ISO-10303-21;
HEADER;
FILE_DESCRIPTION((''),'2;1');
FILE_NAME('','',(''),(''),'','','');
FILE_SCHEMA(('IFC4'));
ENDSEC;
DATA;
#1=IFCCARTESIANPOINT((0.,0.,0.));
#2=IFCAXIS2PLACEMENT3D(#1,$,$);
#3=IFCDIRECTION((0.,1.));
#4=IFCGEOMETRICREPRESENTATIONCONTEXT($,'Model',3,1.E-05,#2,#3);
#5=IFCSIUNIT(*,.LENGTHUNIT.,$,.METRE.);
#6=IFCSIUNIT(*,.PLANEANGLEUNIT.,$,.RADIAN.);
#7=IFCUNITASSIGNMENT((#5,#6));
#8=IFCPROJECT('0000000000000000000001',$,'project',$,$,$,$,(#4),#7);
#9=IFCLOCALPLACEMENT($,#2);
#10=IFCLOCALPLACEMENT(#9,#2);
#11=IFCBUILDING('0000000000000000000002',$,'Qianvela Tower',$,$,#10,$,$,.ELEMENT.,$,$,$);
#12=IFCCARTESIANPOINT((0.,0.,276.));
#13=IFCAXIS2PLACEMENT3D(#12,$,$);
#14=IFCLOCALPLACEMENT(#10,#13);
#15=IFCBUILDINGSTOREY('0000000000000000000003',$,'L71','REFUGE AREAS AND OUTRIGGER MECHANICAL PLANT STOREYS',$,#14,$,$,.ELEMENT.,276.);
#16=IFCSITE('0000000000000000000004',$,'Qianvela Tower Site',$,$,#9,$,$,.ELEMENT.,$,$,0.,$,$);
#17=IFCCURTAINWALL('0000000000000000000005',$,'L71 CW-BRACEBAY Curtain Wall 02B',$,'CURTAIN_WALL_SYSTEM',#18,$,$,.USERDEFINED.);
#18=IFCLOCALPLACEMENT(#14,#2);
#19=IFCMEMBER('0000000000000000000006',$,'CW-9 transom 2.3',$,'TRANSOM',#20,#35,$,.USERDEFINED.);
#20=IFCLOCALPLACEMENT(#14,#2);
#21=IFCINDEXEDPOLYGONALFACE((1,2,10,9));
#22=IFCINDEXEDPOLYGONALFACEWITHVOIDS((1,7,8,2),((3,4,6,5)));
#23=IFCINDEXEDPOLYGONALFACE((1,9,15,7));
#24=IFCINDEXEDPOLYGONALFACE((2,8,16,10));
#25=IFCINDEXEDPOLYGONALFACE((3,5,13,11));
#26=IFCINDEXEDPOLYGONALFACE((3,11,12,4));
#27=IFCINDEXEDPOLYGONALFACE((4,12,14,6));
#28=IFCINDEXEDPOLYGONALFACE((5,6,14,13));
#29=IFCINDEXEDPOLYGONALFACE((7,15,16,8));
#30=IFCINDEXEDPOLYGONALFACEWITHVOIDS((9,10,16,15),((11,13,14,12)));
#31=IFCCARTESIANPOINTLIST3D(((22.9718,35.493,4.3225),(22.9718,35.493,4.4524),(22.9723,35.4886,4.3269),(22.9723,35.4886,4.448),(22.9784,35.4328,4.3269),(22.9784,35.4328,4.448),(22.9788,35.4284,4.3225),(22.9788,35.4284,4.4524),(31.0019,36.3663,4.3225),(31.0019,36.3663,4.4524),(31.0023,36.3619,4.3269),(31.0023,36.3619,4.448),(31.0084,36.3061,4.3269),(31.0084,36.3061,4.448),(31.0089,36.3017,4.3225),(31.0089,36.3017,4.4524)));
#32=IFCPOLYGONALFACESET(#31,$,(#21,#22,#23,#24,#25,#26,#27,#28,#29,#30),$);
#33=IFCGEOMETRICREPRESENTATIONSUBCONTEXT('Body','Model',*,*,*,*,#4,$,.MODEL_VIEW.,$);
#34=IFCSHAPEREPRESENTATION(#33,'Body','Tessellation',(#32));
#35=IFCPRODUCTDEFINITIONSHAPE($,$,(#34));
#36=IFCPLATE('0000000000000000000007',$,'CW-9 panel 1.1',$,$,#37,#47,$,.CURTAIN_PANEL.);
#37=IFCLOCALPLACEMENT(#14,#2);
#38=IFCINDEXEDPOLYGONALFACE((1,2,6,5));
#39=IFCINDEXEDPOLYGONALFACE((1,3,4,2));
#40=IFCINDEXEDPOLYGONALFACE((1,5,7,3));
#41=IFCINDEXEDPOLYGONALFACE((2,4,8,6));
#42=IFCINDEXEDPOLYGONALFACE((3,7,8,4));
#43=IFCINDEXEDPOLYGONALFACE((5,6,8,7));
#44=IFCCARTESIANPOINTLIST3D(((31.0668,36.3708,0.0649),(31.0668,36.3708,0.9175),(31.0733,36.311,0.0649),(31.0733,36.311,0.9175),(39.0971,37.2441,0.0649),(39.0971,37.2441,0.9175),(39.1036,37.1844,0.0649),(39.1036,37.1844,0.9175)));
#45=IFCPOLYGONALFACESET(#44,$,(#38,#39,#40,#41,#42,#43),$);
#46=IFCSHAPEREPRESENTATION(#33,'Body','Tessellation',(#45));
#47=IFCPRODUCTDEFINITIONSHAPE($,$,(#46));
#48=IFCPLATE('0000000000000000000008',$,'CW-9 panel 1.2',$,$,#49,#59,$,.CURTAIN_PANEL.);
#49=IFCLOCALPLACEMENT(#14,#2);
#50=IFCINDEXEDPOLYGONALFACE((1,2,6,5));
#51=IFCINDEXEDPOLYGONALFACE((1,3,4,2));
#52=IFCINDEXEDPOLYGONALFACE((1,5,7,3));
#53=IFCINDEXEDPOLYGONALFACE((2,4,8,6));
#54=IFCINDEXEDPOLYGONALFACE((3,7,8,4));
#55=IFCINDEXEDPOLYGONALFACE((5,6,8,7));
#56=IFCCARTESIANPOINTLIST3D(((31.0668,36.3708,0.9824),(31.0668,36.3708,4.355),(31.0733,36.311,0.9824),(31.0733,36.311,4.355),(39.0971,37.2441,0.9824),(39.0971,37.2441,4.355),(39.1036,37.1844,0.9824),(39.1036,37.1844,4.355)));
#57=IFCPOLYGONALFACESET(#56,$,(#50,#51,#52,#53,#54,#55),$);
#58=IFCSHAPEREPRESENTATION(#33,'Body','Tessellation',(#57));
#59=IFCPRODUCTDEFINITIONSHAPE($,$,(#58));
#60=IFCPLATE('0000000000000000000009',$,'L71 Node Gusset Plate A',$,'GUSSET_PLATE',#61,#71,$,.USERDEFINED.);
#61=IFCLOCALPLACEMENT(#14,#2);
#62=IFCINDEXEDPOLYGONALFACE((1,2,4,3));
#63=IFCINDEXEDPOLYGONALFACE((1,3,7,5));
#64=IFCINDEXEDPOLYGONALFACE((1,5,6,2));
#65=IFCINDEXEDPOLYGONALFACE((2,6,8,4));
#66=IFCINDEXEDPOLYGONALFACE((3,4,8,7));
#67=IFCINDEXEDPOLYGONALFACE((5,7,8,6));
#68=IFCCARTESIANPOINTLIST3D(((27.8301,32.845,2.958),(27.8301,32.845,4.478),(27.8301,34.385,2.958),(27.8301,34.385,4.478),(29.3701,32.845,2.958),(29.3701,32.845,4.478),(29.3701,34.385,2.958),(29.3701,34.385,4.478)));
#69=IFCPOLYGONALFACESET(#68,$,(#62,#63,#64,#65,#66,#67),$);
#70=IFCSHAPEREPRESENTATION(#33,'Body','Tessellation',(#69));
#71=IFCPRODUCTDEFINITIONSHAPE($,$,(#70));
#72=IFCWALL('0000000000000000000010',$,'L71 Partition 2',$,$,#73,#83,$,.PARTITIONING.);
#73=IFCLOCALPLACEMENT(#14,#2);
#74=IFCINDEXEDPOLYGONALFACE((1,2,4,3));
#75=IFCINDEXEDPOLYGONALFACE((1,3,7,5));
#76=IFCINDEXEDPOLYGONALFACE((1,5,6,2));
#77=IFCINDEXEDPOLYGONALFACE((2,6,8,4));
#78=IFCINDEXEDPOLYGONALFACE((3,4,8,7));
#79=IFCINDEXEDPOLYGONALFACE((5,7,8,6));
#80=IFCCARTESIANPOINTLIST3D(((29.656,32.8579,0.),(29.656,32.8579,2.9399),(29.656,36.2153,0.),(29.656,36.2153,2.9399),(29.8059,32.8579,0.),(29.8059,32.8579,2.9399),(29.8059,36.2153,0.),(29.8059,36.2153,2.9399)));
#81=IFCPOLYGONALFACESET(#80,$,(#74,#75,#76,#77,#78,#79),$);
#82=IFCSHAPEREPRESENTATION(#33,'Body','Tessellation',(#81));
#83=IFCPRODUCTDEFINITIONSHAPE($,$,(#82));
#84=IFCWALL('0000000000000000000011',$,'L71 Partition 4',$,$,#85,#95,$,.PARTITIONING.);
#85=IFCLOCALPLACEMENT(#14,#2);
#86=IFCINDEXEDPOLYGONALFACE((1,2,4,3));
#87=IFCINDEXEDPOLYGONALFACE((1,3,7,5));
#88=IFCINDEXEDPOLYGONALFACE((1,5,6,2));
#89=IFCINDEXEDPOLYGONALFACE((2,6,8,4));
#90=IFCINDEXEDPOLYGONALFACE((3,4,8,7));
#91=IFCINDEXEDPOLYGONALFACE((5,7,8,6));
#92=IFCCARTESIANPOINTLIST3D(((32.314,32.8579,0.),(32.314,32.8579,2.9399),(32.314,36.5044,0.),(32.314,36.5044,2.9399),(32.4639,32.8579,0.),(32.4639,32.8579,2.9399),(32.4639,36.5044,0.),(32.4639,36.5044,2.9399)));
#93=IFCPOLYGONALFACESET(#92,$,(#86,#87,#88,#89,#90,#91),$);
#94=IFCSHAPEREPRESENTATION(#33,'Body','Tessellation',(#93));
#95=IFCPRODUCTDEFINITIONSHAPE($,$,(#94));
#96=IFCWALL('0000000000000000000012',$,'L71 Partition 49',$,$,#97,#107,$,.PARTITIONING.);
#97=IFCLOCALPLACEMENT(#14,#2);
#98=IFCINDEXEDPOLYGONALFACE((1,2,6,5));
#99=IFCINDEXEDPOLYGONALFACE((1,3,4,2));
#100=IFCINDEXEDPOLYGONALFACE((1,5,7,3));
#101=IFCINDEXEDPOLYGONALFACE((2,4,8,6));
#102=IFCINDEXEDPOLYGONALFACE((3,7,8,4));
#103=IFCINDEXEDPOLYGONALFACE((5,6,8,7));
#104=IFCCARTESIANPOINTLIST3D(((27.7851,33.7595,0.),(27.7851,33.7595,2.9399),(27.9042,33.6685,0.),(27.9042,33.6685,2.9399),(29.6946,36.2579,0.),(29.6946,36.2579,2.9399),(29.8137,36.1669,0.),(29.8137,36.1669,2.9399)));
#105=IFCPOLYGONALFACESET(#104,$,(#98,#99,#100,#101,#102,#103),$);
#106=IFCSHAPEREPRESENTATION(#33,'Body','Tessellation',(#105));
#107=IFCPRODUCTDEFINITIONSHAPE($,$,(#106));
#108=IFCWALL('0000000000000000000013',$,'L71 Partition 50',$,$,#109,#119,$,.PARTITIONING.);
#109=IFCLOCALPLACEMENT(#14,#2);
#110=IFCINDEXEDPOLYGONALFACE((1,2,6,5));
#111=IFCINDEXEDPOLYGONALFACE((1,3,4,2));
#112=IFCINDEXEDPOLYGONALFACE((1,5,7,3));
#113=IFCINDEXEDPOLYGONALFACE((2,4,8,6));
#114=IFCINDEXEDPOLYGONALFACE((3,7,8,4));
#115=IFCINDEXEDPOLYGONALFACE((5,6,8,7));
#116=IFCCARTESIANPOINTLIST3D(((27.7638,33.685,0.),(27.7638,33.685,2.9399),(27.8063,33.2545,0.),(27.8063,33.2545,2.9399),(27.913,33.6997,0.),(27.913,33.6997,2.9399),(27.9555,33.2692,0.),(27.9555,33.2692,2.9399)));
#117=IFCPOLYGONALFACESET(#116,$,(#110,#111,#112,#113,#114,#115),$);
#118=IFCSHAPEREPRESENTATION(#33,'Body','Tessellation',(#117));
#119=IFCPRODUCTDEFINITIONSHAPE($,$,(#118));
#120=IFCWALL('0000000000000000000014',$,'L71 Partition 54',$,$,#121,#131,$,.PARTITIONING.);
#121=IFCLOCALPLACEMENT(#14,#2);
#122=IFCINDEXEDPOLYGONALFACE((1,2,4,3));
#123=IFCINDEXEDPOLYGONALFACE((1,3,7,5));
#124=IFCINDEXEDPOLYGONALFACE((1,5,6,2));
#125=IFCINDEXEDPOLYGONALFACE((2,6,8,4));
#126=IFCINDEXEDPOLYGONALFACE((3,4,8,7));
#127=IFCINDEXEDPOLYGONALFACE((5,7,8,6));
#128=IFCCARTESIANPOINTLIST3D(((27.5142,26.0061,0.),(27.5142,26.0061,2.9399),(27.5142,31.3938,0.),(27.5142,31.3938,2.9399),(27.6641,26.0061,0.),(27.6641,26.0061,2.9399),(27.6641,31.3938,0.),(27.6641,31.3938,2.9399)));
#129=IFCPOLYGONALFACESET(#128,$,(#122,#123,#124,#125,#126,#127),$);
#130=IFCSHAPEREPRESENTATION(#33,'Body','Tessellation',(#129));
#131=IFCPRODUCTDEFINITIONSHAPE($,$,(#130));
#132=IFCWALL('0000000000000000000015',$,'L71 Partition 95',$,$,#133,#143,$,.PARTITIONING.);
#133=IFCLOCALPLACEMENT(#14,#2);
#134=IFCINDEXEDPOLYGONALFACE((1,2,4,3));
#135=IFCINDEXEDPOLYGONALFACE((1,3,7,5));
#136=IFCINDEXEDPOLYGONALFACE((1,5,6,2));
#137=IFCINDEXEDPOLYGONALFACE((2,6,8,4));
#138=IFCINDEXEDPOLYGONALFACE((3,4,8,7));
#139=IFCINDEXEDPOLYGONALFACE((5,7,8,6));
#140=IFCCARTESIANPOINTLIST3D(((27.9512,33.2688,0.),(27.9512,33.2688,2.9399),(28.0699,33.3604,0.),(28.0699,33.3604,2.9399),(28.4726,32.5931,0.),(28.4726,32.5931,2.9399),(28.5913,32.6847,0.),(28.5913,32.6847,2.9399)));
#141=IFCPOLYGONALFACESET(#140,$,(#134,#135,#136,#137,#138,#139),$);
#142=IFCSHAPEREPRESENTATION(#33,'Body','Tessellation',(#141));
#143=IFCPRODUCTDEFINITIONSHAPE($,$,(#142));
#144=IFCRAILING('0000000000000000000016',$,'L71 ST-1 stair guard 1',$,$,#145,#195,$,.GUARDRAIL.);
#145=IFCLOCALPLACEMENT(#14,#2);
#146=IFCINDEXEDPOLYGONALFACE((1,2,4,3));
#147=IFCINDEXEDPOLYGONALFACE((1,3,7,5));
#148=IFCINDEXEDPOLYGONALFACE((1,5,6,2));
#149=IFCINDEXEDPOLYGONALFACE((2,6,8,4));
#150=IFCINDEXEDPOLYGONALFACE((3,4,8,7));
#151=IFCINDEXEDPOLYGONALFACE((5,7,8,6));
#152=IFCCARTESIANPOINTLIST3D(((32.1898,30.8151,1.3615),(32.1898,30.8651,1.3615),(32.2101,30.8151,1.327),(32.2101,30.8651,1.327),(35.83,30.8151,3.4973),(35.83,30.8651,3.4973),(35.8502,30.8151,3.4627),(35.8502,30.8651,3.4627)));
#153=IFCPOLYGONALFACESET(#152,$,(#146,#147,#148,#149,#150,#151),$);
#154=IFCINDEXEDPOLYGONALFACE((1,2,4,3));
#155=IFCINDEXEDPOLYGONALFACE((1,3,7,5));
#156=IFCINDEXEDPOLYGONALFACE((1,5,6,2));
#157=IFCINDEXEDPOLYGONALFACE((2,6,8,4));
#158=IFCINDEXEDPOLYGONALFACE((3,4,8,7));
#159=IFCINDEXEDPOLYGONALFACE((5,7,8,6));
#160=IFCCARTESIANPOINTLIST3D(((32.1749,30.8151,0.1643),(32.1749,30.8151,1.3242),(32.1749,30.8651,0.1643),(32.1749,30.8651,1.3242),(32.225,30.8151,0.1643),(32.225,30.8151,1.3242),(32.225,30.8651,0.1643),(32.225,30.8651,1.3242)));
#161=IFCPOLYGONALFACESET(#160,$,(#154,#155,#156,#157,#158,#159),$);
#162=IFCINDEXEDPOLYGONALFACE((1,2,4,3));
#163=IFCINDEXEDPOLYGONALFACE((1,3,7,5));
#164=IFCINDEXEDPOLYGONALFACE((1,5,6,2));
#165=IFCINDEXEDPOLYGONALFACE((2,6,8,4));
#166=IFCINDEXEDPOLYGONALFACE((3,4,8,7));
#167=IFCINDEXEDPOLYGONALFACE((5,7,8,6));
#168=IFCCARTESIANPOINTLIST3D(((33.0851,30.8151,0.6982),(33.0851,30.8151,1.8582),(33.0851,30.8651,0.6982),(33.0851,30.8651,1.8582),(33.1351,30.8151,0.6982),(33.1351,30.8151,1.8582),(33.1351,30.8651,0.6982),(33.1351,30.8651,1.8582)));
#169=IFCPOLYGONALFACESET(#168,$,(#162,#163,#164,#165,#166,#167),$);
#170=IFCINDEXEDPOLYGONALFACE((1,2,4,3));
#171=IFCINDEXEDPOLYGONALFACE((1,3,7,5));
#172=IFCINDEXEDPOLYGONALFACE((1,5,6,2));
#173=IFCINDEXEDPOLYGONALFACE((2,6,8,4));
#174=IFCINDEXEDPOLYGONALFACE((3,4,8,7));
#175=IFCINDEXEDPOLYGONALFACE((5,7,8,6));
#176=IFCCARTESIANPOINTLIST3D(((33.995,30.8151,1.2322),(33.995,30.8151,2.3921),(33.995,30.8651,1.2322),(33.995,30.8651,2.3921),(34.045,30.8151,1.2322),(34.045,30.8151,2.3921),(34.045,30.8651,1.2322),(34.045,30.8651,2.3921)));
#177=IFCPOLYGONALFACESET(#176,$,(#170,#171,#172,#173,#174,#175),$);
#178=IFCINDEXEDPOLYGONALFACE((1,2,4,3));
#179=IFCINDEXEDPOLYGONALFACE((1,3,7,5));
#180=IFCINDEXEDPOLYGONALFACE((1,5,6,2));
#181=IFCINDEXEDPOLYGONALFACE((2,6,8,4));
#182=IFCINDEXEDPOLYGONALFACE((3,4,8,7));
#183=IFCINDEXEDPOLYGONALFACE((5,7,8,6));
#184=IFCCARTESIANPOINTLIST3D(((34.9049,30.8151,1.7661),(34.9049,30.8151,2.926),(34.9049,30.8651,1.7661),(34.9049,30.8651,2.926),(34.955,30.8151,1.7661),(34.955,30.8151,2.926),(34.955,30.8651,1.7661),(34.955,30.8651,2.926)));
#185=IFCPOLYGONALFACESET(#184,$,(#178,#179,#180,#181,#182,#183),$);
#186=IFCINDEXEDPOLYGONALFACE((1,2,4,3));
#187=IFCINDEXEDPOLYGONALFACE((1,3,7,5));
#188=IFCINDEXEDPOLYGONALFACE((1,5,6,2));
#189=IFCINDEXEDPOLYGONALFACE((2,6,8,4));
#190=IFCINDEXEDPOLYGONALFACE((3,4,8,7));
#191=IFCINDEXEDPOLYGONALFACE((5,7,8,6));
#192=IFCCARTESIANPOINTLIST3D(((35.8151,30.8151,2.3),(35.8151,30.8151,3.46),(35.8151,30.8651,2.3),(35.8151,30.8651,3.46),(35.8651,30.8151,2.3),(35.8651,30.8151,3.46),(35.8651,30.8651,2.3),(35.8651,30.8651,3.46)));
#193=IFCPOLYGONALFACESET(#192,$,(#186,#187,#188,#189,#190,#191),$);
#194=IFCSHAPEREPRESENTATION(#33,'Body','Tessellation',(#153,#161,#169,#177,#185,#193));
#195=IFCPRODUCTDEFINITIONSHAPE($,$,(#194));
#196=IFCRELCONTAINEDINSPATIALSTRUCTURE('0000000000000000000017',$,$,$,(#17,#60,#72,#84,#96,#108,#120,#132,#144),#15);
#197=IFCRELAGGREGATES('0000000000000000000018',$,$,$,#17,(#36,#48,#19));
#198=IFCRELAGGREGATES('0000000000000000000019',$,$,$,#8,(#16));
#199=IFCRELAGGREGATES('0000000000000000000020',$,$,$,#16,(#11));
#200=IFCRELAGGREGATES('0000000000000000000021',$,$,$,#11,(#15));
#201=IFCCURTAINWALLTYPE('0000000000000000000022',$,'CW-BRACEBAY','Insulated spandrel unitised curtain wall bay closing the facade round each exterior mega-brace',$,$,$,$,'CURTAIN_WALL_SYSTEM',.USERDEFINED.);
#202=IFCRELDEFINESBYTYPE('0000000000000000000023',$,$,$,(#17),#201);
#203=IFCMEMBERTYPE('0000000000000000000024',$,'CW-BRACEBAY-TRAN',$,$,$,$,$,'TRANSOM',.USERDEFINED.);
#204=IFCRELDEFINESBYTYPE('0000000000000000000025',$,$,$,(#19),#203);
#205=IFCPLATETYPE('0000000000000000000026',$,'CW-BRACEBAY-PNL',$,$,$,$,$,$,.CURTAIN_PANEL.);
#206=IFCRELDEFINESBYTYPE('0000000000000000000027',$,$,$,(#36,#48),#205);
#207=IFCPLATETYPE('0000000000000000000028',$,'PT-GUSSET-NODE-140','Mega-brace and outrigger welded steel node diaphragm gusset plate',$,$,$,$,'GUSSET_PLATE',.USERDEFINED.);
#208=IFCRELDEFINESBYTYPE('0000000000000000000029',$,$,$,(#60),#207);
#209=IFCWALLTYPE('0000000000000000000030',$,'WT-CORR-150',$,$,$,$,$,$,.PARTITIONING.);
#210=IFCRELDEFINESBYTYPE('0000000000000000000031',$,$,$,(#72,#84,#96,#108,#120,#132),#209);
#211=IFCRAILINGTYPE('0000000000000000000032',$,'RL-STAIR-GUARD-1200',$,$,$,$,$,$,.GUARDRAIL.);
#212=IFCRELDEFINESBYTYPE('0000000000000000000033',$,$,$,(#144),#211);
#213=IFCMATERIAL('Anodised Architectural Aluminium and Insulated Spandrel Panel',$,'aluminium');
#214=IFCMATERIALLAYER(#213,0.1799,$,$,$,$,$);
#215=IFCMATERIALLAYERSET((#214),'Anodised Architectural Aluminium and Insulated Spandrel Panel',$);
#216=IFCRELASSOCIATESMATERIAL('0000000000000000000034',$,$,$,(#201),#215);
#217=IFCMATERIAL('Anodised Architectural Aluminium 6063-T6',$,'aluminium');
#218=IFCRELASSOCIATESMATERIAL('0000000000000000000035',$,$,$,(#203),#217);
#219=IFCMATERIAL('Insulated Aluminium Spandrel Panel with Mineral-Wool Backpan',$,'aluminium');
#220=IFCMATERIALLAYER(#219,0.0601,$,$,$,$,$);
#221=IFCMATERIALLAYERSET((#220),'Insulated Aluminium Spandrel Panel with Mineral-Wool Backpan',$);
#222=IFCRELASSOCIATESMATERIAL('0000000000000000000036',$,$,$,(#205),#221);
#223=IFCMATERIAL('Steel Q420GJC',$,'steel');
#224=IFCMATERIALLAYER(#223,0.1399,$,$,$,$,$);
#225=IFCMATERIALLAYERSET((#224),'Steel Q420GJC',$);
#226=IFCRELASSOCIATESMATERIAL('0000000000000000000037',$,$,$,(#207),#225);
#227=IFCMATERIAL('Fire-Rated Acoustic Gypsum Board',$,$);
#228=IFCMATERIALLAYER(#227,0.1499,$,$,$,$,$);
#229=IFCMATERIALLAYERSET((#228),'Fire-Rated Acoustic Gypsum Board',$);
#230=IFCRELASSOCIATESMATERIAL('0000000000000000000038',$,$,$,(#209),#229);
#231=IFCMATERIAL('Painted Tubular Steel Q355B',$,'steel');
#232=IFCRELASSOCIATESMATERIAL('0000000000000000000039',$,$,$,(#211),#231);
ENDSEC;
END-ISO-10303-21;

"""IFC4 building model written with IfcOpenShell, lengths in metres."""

from ifc_helpers import new_model, si_unit, direction, frame, frame_2d, origin, origin_2d, place, context, subcontext, project, spatial, rectangle, hollow_rectangle, extrude, material, layer, layer_set, material_profile, profile_set, type_object, element, aggregate, save


model = new_model("IFC4")

# Units and contexts
model_context = context("Model", 3, precision=1e-05, world=origin(), true_north=direction((0.0, 1.0)))
body_context = subcontext(model_context, "Body", "Model", "MODEL_VIEW")
ifc_project = project(units=[si_unit("LENGTHUNIT", "METRE"), si_unit("PLANEANGLEUNIT", "RADIAN")], contexts=[model_context])

# Site, building, storey
site_placement = place(None, origin())
site = spatial("IfcSite", under=ifc_project, at=site_placement, Name="Qianvela Tower Site", CompositionType="ELEMENT", RefElevation=0.0)
building_placement = place(site_placement, origin())
building = spatial("IfcBuilding", under=site, at=building_placement, Name="Qianvela Tower", CompositionType="ELEMENT")
storey_placement = place(building_placement, frame((0.0, 0.0, 276.0)))
storey = spatial("IfcBuildingStorey", under=building, at=storey_placement, Name="L71", Description="REFUGE AREAS AND OUTRIGGER MECHANICAL PLANT STOREYS", CompositionType="ELEMENT", Elevation=276.0)

# Curtain wall, member, plates
ifc_material_1 = material(Name="Anodised Architectural Aluminium and Insulated Spandrel Panel", Category="aluminium")
ifc_layer_1 = layer(ifc_material_1, 0.1799)
ifc_layer_set_1 = layer_set([ifc_layer_1], Name="Anodised Architectural Aluminium and Insulated Spandrel Panel")
curtain_wall_type = type_object("IfcCurtainWallType", Name="CW-BRACEBAY", Description="Insulated spandrel unitised curtain wall bay closing the facade round each exterior mega-brace", ElementType="CURTAIN_WALL_SYSTEM", PredefinedType="USERDEFINED", material=ifc_layer_set_1)
curtain_wall_placement = place(storey_placement, origin())
curtain_wall = element("IfcCurtainWall", 1, at=curtain_wall_placement, inside=storey, type_object=curtain_wall_type, Name="L71 CW-BRACEBAY Curtain Wall 02B", ObjectType="CURTAIN_WALL_SYSTEM", PredefinedType="USERDEFINED")
ifc_material_2 = material(Name="Anodised Architectural Aluminium 6063-T6", Category="aluminium")
ifc_material_profile_1 = material_profile(ifc_material_2, hollow_rectangle(XDim=0.0649, YDim=0.1299, WallThickness=0.0044, at=origin_2d()), Name="ALU-TRAN-65x130")
ifc_profile_set_1 = profile_set([ifc_material_profile_1], Name="Anodised Architectural Aluminium 6063-T6")
member_type_1 = type_object("IfcMemberType", Name="CW-BRACEBAY-TRAN", ElementType="TRANSOM", PredefinedType="USERDEFINED", material=ifc_profile_set_1)
member_1_placement = place(storey_placement, frame((31.0054, 36.334, 4.3875), z_axis=(-0.994138, -0.108116, 0.0), x_axis=(0.108116, -0.994138, 0.0)))
member_1 = element("IfcMember", 2, at=member_1_placement, type_object=member_type_1, Name="CW-9 transom 2.3", ObjectType="TRANSOM", PredefinedType="USERDEFINED", context=body_context, shape_type="SweptSolid", body=[
    extrude(hollow_rectangle(XDim=0.0649, YDim=0.1299, WallThickness=0.0044, at=origin_2d()), origin(), (0.0, 0.0, 1.0), 8.0774),
])
ifc_material_3 = material(Name="Insulated Aluminium Spandrel Panel with Mineral-Wool Backpan", Category="aluminium")
ifc_layer_2 = layer(ifc_material_3, 0.0601)
ifc_layer_set_2 = layer_set([ifc_layer_2], Name="Insulated Aluminium Spandrel Panel with Mineral-Wool Backpan")
plate_type_1 = type_object("IfcPlateType", Name="CW-BRACEBAY-PNL", PredefinedType="CURTAIN_PANEL", material=ifc_layer_set_2)
plate_1_placement = place(storey_placement, frame((35.0852, 36.7776, 0.0649), z_axis=(0.0, 0.0, 1.0), x_axis=(-0.994138, -0.108122, 0.0)))
plate_1 = element("IfcPlate", 3, at=plate_1_placement, type_object=plate_type_1, Name="CW-9 panel 1.1", PredefinedType="CURTAIN_PANEL", context=body_context, shape_type="SweptSolid", body=[
    extrude(rectangle(XDim=8.0776, YDim=0.0601, at=origin_2d()), origin(), (0.0, 0.0, 1.0), 0.8525),
])
plate_2_placement = place(storey_placement, frame((35.0852, 36.7776, 0.9824), z_axis=(0.0, 0.0, 1.0), x_axis=(-0.994138, -0.108122, 0.0)))
plate_2 = element("IfcPlate", 4, at=plate_2_placement, type_object=plate_type_1, Name="CW-9 panel 1.2", PredefinedType="CURTAIN_PANEL", context=body_context, shape_type="SweptSolid", body=[
    extrude(rectangle(XDim=8.0776, YDim=0.0601, at=origin_2d()), origin(), (0.0, 0.0, 1.0), 3.3726),
])
aggregate(curtain_wall, [plate_1, plate_2, member_1])

# Plate
ifc_material_4 = material(Name="Steel Q420GJC", Category="steel")
ifc_layer_3 = layer(ifc_material_4, 0.1399)
ifc_layer_set_3 = layer_set([ifc_layer_3], Name="Steel Q420GJC")
plate_type_2 = type_object("IfcPlateType", Name="PT-GUSSET-NODE-140", Description="Mega-brace and outrigger welded steel node diaphragm gusset plate", ElementType="GUSSET_PLATE", PredefinedType="USERDEFINED", material=ifc_layer_set_3)
plate_3_placement = place(storey_placement, frame((28.6001, 33.615, 2.958), z_axis=(0.0, 0.0, 1.0), x_axis=(1.0, 0.0, 0.0)))
element("IfcPlate", 5, at=plate_3_placement, inside=storey, type_object=plate_type_2, Name="L71 Node Gusset Plate A", ObjectType="GUSSET_PLATE", PredefinedType="USERDEFINED", context=body_context, shape_type="SweptSolid", body=[
    extrude(rectangle(XDim=1.54, YDim=1.54, at=origin_2d()), origin(), (0.0, 0.0, 1.0), 1.52),
])

# Walls
ifc_material_5 = material(Name="Fire-Rated Acoustic Gypsum Board")
ifc_layer_4 = layer(ifc_material_5, 0.1499)
ifc_layer_set_4 = layer_set([ifc_layer_4], Name="Fire-Rated Acoustic Gypsum Board")
wall_type_1 = type_object("IfcWallType", Name="WT-CORR-150", PredefinedType="PARTITIONING", material=ifc_layer_set_4)
wall_1_placement = place(storey_placement, frame((29.731, 32.8579, 0.0), z_axis=(0.0, 0.0, 1.0), x_axis=(0.0, 1.0, 0.0)))
element("IfcWall", 6, at=wall_1_placement, inside=storey, type_object=wall_type_1, Name="L71 Partition 2", PredefinedType="PARTITIONING", context=body_context, shape_type="SweptSolid", body=[
    extrude(rectangle(XDim=3.3574, YDim=0.1499, at=frame_2d((1.6787, 0.0))), origin(), (0.0, 0.0, 1.0), 2.9399),
])
wall_2_placement = place(storey_placement, frame((32.3889, 36.5044, 0.0), z_axis=(0.0, 0.0, 1.0), x_axis=(0.0, -1.0, 0.0)))
element("IfcWall", 7, at=wall_2_placement, inside=storey, type_object=wall_type_1, Name="L71 Partition 4", PredefinedType="PARTITIONING", context=body_context, shape_type="SweptSolid", body=[
    extrude(rectangle(XDim=3.6465, YDim=0.1499, at=frame_2d((1.8232, 0.0))), origin(), (0.0, 0.0, 1.0), 2.9399),
])
wall_3_placement = place(storey_placement, frame((29.7542, 36.2124, 0.0), z_axis=(0.0, 0.0, 1.0), x_axis=(-0.607243, -0.794516, 0.0)))
element("IfcWall", 8, at=wall_3_placement, inside=storey, type_object=wall_type_1, Name="L71 Partition 49", PredefinedType="PARTITIONING", context=body_context, shape_type="SweptSolid", body=[
    extrude(rectangle(XDim=3.1445, YDim=0.1499, at=frame_2d((1.5723, 0.0))), origin(), (0.0, 0.0, 1.0), 2.9399),
])
wall_4_placement = place(storey_placement, frame((27.8384, 33.6924, 0.0), z_axis=(0.0, 0.0, 1.0), x_axis=(0.098218, -0.995165, 0.0)))
element("IfcWall", 9, at=wall_4_placement, inside=storey, type_object=wall_type_1, Name="L71 Partition 50", PredefinedType="PARTITIONING", context=body_context, shape_type="SweptSolid", body=[
    extrude(rectangle(XDim=0.4326, YDim=0.1499, at=frame_2d((0.2163, 0.0))), origin(), (0.0, 0.0, 1.0), 2.9399),
])
wall_5_placement = place(storey_placement, frame((27.5891, 31.3938, 0.0), z_axis=(0.0, 0.0, 1.0), x_axis=(0.0, -1.0, 0.0)))
element("IfcWall", 10, at=wall_5_placement, inside=storey, type_object=wall_type_1, Name="L71 Partition 54", PredefinedType="PARTITIONING", context=body_context, shape_type="SweptSolid", body=[
    extrude(rectangle(XDim=5.3877, YDim=0.1499, at=frame_2d((2.6938, 0.0))), origin(), (0.0, 0.0, 1.0), 2.9399),
])
wall_6_placement = place(storey_placement, frame((28.532, 32.6389, 0.0), z_axis=(0.0, 0.0, 1.0), x_axis=(-0.610926, 0.791687, 0.0)))
element("IfcWall", 11, at=wall_6_placement, inside=storey, type_object=wall_type_1, Name="L71 Partition 95", PredefinedType="PARTITIONING", context=body_context, shape_type="SweptSolid", body=[
    extrude(rectangle(XDim=0.8535, YDim=0.1499, at=frame_2d((0.4268, 0.0))), origin(), (0.0, 0.0, 1.0), 2.9399),
])

# Railing
ifc_material_6 = material(Name="Painted Tubular Steel Q355B", Category="steel")
railing_type = type_object("IfcRailingType", Name="RL-STAIR-GUARD-1200", PredefinedType="GUARDRAIL", material=ifc_material_6)
railing_1_placement = place(storey_placement, frame((32.2, 30.8401, 0.1643)))
element("IfcRailing", 12, at=railing_1_placement, inside=storey, type_object=railing_type, Name="L71 ST-1 stair guard 1", PredefinedType="GUARDRAIL", context=body_context, shape_type="SweptSolid", body=[
    extrude(rectangle(XDim=0.05, YDim=0.04, at=origin_2d()), frame((0.0, 0.0, 1.1799), z_axis=(0.862505, 0.0, 0.506049), x_axis=(0.0, 1.0, 0.0)), (0.0, 0.0, 1.0), 4.2205),
    extrude(rectangle(XDim=0.05, YDim=0.05, at=origin_2d()), origin(), (0.0, 0.0, 1.0), 1.1599),
    extrude(rectangle(XDim=0.05, YDim=0.05, at=origin_2d()), frame((0.9102, 0.0, 0.5339)), (0.0, 0.0, 1.0), 1.1599),
    extrude(rectangle(XDim=0.05, YDim=0.05, at=origin_2d()), frame((1.8201, 0.0, 1.0679)), (0.0, 0.0, 1.0), 1.1599),
    extrude(rectangle(XDim=0.05, YDim=0.05, at=origin_2d()), frame((2.73, 0.0, 1.6018)), (0.0, 0.0, 1.0), 1.1599),
    extrude(rectangle(XDim=0.05, YDim=0.05, at=origin_2d()), frame((3.6401, 0.0, 2.1357)), (0.0, 0.0, 1.0), 1.1599),
])

save(model, "model.ifc")
